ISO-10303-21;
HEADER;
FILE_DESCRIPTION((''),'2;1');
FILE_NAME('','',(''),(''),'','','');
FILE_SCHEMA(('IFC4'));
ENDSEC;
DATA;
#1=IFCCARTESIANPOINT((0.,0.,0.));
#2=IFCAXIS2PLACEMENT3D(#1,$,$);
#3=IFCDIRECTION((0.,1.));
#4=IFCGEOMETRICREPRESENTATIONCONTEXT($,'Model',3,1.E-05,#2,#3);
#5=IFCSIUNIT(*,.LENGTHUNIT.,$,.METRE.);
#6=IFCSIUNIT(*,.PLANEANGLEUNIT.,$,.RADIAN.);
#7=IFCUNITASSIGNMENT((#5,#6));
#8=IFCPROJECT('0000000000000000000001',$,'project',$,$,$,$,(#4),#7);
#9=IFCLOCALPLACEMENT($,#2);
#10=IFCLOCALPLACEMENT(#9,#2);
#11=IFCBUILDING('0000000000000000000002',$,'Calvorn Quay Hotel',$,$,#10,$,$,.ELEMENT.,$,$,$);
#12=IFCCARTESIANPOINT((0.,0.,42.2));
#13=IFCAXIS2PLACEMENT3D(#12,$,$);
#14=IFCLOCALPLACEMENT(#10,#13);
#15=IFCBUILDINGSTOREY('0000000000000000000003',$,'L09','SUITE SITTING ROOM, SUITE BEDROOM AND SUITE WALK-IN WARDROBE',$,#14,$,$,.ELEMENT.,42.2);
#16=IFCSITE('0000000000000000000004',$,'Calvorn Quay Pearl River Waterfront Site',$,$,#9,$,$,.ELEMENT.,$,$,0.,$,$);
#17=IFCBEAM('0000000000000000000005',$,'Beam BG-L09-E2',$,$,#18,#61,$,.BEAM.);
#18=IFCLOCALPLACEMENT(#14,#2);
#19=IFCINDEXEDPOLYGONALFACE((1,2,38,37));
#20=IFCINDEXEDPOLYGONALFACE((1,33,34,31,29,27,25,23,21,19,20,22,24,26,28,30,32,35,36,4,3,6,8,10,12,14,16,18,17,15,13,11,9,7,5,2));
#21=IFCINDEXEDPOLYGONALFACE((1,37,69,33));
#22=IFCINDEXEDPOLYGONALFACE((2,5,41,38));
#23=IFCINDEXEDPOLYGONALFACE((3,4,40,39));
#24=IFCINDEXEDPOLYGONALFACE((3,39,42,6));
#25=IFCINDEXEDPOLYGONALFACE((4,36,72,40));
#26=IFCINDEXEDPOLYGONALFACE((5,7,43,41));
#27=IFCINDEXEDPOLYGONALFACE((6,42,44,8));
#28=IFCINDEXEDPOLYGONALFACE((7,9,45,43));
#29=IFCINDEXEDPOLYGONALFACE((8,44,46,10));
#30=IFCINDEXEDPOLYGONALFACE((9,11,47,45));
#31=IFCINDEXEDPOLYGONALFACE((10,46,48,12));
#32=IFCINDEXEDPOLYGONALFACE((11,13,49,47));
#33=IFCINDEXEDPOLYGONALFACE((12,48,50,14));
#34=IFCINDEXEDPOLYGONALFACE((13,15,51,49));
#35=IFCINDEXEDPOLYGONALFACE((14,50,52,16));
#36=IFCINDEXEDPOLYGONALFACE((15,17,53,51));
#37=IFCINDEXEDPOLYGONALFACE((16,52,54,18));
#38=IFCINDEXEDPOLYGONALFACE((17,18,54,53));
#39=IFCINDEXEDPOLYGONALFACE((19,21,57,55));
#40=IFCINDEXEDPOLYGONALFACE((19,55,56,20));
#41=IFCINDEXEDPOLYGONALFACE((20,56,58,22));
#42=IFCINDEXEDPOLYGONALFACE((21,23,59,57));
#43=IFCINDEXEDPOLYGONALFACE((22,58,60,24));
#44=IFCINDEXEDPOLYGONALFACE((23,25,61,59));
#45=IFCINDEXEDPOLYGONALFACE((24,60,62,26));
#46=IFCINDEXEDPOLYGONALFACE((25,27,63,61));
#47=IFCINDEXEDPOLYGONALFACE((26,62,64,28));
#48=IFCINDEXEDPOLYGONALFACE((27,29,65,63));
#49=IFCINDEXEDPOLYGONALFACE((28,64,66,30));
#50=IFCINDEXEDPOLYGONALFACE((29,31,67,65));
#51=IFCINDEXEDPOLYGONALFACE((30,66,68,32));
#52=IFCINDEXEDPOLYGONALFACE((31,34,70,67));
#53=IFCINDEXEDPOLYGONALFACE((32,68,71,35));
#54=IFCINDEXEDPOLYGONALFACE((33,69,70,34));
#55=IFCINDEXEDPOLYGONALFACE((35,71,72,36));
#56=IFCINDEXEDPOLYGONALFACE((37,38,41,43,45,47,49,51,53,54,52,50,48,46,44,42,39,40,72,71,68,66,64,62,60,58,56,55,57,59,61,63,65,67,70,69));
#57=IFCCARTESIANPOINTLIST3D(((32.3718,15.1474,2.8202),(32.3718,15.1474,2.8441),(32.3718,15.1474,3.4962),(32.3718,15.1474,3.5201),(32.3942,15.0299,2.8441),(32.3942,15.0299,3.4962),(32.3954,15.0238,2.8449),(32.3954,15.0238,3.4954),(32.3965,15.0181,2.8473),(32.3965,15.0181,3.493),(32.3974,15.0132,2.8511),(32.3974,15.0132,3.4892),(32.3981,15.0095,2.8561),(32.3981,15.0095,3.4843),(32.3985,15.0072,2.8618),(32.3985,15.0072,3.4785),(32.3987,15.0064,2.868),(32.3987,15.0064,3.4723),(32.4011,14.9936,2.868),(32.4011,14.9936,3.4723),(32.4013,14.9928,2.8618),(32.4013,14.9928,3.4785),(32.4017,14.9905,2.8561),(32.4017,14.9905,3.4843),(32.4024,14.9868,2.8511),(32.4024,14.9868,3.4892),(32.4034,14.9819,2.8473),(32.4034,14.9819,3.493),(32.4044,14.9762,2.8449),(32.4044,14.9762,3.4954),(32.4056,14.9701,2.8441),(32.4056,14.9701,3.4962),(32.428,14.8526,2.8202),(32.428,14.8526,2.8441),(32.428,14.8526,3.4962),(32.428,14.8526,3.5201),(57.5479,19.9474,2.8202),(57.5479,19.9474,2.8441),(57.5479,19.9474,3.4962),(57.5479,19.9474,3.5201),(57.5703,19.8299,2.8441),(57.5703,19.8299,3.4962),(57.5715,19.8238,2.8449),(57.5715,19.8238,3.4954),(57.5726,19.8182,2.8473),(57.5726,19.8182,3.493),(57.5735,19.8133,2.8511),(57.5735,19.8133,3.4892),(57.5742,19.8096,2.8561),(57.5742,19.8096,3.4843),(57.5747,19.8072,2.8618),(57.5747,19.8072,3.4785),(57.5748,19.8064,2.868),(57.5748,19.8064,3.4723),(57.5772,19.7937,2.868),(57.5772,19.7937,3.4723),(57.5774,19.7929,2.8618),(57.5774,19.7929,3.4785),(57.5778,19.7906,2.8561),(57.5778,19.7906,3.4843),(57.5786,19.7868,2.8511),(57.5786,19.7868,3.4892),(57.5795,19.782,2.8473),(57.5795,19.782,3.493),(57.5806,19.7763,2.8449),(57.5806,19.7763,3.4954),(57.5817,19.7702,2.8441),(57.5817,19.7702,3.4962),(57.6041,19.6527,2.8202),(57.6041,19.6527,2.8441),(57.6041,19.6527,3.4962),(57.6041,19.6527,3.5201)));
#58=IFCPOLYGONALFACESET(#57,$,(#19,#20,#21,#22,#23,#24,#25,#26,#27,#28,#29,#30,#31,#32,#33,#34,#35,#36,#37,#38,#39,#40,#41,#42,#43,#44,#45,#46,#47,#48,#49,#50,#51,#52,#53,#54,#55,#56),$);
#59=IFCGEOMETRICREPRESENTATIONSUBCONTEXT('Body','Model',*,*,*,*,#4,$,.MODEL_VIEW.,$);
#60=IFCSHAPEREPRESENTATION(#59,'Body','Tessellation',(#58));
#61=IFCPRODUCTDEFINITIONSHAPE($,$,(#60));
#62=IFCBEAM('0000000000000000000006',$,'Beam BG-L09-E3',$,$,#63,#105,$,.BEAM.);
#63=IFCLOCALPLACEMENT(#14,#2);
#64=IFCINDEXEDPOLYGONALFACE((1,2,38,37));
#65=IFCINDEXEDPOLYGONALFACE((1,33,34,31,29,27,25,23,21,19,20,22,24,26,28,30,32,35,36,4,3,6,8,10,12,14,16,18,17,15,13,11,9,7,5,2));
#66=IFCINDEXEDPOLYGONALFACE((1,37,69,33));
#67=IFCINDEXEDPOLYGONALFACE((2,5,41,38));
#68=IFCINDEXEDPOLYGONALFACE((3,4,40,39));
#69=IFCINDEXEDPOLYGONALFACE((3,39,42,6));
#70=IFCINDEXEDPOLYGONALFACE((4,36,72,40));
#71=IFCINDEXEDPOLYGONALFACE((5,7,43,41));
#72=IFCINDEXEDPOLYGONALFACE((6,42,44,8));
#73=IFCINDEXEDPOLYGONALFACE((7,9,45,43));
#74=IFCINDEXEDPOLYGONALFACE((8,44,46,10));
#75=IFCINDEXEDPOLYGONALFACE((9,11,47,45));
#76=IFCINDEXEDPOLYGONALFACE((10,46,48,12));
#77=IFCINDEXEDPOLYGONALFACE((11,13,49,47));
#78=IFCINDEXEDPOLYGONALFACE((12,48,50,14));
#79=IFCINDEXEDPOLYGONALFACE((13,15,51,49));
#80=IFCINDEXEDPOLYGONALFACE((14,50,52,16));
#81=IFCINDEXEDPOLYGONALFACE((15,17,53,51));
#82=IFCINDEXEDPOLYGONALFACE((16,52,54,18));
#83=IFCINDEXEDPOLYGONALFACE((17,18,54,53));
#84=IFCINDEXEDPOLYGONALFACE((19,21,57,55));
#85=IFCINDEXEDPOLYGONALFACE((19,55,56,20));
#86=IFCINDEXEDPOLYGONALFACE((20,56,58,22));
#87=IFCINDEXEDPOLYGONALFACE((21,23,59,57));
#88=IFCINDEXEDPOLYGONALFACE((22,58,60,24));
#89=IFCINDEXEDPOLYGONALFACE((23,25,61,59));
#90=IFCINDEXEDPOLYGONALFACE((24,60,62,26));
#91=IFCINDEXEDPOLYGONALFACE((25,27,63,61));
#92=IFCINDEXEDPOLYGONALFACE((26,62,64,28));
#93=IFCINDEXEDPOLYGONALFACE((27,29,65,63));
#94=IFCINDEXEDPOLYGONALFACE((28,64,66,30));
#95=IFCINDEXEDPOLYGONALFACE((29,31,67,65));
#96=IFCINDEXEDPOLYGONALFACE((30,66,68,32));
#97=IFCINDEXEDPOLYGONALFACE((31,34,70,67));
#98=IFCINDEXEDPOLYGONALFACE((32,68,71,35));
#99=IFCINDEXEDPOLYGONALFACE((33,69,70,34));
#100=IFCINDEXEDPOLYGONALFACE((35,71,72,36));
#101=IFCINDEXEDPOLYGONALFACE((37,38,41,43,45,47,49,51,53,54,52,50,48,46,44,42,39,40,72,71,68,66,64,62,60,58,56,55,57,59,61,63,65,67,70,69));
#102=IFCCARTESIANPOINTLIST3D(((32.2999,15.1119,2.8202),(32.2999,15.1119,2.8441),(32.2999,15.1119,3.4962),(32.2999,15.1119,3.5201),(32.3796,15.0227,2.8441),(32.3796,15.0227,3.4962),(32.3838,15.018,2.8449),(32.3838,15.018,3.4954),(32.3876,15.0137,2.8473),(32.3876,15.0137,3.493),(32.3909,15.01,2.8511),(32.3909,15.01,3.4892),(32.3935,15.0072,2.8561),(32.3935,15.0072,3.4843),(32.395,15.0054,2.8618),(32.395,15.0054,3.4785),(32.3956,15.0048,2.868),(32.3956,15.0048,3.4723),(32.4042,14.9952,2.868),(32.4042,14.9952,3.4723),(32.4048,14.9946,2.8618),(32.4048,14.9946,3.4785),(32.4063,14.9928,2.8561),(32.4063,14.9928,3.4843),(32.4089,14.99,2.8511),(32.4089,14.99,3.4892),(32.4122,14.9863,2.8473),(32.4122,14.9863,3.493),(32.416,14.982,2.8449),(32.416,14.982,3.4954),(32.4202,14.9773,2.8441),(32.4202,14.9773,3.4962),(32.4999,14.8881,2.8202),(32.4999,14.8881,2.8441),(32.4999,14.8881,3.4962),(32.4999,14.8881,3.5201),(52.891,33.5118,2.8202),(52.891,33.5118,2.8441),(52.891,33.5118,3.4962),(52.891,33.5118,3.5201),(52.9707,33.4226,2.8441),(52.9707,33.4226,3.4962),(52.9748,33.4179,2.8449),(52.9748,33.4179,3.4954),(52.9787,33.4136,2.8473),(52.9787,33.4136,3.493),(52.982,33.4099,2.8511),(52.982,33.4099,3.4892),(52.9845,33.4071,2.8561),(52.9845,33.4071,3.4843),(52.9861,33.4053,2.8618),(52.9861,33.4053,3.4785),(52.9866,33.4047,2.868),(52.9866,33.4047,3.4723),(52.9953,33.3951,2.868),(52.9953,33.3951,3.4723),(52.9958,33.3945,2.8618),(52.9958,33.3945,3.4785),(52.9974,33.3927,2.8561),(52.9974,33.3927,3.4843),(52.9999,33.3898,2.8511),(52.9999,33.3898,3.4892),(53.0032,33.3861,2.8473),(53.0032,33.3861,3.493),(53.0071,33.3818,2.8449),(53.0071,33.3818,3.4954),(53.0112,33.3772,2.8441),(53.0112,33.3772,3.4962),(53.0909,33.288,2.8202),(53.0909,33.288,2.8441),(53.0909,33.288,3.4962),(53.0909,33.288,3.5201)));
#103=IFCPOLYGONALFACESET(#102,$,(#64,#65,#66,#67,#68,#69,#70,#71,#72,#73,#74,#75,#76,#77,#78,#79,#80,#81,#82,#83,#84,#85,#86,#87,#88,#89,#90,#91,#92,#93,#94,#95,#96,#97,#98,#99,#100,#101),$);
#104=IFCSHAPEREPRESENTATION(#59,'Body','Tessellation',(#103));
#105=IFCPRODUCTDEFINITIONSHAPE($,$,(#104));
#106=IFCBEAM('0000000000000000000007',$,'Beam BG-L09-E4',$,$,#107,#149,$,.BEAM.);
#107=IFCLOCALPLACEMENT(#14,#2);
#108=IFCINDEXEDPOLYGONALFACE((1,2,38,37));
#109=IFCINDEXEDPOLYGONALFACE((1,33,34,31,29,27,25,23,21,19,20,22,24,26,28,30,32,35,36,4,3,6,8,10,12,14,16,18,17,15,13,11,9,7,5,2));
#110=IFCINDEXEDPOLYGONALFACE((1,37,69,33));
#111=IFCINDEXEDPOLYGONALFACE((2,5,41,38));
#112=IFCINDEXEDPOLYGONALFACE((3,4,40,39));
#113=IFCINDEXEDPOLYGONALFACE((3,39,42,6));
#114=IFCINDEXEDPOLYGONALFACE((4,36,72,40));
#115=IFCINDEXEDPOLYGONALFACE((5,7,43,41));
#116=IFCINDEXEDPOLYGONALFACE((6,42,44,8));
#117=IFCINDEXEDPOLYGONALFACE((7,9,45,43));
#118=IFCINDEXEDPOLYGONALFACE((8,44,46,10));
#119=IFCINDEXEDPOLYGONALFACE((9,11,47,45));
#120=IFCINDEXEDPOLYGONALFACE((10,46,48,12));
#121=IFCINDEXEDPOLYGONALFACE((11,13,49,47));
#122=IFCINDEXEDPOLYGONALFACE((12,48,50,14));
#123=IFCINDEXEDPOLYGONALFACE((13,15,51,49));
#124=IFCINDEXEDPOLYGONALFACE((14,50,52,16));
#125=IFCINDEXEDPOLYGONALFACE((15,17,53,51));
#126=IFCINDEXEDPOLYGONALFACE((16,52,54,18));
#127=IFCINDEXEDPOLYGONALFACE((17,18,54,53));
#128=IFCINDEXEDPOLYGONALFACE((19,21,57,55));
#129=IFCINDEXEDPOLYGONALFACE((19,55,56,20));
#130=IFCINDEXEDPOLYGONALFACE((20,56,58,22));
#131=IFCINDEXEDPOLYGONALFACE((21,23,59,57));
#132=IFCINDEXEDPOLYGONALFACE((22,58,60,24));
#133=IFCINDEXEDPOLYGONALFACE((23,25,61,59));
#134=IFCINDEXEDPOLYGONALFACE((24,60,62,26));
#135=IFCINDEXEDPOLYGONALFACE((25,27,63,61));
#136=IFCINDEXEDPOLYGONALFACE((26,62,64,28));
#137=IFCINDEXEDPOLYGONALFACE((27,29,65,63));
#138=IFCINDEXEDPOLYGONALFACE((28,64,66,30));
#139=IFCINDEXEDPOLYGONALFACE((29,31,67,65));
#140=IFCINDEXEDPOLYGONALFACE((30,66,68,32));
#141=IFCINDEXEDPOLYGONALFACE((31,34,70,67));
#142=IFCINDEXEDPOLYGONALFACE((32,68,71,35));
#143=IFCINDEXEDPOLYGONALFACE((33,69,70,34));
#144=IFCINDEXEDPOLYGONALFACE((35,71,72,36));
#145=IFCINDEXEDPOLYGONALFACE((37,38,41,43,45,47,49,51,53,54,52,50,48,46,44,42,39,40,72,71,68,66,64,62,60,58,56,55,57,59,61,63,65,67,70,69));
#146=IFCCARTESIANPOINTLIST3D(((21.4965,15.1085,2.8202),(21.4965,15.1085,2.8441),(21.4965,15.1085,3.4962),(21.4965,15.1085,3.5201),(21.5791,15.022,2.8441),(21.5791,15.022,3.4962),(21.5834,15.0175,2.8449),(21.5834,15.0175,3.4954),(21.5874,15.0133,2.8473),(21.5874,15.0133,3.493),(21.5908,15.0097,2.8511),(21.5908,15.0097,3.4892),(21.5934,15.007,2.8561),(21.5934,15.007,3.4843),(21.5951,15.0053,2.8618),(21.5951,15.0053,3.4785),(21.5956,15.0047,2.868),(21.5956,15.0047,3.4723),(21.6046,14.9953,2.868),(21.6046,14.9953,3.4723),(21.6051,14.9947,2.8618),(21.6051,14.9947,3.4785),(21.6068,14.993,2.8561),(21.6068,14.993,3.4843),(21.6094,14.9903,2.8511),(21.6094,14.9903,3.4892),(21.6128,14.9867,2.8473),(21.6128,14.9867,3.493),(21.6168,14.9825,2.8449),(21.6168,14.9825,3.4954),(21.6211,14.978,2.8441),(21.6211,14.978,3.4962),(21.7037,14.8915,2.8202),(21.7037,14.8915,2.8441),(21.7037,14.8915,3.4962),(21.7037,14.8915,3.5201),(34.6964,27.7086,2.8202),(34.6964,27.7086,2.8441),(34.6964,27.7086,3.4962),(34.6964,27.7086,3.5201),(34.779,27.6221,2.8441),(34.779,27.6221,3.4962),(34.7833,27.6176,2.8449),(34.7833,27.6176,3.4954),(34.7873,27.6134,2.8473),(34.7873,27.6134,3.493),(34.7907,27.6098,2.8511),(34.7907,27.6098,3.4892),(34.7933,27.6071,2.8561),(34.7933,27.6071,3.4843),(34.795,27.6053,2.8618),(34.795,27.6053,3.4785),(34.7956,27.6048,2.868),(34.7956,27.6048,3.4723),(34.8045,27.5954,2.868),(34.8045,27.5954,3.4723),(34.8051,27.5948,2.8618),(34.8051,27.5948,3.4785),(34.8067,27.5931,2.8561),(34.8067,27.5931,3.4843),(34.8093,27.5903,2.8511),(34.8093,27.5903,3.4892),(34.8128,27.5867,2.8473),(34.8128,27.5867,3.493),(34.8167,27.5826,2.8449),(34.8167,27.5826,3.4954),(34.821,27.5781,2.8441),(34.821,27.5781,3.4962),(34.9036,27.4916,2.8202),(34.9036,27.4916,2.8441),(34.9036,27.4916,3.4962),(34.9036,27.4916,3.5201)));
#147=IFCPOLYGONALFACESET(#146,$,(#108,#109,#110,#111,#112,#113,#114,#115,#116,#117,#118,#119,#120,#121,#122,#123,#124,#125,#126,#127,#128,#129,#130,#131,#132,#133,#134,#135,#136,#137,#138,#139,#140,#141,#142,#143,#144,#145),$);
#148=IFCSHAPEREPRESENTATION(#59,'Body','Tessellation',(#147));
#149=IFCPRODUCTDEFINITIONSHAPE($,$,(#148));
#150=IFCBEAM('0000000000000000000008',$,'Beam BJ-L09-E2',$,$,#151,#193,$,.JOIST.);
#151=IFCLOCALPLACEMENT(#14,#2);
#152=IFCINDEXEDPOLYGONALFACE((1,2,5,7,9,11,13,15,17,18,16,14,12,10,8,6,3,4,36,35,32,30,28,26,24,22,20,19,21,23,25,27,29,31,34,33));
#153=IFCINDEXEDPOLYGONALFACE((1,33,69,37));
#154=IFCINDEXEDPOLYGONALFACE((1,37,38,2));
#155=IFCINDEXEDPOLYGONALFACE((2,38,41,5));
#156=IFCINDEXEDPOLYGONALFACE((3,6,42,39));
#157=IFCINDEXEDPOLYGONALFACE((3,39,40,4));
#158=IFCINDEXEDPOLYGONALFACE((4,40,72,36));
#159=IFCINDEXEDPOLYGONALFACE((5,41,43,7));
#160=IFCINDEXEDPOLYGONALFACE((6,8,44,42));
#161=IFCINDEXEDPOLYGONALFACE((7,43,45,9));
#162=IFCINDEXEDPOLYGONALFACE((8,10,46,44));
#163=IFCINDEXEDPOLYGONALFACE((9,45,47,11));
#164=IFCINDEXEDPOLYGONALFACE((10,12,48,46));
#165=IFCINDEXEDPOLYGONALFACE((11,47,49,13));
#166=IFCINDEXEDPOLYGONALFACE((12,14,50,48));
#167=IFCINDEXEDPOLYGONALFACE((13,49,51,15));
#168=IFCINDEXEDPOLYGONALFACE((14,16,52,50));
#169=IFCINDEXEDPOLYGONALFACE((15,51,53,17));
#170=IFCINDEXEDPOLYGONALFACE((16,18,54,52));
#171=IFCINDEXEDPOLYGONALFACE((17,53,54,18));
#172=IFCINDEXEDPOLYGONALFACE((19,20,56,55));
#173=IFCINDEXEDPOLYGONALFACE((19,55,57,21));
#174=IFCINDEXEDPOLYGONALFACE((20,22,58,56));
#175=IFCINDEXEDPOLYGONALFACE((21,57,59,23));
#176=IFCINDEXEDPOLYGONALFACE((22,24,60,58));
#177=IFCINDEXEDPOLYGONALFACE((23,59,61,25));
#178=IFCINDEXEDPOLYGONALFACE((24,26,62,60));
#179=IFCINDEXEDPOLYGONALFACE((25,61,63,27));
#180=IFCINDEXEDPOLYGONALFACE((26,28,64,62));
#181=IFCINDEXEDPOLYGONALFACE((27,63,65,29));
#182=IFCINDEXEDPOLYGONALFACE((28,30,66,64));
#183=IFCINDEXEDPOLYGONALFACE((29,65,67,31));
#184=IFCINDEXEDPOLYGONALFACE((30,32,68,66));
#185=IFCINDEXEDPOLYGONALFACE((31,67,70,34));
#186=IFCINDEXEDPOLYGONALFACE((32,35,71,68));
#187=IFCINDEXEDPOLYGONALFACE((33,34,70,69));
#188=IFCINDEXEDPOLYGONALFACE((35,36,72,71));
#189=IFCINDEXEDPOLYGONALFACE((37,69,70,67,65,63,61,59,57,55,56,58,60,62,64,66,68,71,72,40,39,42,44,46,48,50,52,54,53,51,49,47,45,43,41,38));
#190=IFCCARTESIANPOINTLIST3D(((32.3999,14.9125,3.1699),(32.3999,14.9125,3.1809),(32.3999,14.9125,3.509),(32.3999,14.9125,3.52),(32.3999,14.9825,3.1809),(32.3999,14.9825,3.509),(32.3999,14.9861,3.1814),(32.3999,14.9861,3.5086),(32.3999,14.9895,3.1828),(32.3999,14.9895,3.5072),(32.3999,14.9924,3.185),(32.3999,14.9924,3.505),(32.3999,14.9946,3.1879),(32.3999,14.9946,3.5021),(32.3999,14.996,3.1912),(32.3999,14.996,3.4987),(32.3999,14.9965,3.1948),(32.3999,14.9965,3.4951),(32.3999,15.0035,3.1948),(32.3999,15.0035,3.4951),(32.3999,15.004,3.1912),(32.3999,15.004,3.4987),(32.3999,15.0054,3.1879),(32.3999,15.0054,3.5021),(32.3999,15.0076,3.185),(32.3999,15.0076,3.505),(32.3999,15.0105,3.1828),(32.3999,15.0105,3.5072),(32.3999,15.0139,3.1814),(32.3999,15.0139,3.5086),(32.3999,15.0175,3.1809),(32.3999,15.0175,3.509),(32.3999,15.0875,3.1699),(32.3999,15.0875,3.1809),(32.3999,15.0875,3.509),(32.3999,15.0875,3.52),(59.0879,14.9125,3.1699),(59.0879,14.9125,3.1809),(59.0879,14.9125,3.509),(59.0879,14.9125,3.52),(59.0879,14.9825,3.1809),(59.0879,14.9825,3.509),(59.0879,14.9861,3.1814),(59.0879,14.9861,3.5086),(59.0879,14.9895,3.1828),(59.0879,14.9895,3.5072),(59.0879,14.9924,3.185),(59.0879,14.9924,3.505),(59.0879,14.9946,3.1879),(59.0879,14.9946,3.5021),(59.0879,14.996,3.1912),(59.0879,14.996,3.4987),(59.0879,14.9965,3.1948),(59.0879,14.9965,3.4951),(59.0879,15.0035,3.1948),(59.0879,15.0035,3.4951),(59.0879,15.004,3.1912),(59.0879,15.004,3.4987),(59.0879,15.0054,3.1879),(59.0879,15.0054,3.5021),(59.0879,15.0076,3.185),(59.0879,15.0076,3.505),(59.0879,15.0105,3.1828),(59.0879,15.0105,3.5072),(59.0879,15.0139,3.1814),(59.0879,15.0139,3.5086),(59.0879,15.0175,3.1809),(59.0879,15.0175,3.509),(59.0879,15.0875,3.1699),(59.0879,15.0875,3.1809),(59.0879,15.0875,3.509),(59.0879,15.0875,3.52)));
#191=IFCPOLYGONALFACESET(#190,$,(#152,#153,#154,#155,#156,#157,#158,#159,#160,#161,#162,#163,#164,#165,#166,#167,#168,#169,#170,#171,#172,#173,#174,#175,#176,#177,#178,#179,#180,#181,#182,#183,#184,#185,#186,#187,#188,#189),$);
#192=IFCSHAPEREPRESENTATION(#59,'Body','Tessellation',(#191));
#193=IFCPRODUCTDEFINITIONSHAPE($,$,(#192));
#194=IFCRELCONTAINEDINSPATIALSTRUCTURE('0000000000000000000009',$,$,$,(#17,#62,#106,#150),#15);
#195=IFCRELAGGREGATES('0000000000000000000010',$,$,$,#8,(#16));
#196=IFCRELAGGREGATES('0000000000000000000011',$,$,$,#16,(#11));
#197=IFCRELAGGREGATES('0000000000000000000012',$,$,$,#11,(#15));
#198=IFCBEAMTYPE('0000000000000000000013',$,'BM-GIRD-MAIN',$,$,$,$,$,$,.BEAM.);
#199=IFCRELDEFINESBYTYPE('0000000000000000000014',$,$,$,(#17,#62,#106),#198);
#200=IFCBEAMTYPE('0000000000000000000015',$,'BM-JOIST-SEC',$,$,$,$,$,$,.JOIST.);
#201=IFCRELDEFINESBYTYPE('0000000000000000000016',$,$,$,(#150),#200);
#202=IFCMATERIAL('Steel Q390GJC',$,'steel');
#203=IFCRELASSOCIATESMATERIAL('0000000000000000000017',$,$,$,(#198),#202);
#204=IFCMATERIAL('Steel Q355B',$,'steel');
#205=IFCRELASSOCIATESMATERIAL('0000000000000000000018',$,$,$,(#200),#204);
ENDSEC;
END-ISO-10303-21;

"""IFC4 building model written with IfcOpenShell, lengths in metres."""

from ifc_helpers import new_model, si_unit, direction, frame, origin, origin_2d, place, context, subcontext, project, spatial, i_section, extrude, material, material_profile, profile_set, type_object, element, save


model = new_model("IFC4")

# Units and contexts
model_context = context("Model", 3, precision=1e-05, world=origin(), true_north=direction((0.0, 1.0)))
body_context = subcontext(model_context, "Body", "Model", "MODEL_VIEW")
ifc_project = project(units=[si_unit("LENGTHUNIT", "METRE"), si_unit("PLANEANGLEUNIT", "RADIAN")], contexts=[model_context])

# Site, building, storey
site_placement = place(None, origin())
site = spatial("IfcSite", under=ifc_project, at=site_placement, Name="Calvorn Quay Pearl River Waterfront Site", CompositionType="ELEMENT", RefElevation=0.0)
building_placement = place(site_placement, origin())
building = spatial("IfcBuilding", under=site, at=building_placement, Name="Calvorn Quay Hotel", CompositionType="ELEMENT")
storey_placement = place(building_placement, frame((0.0, 0.0, 42.2)))
storey = spatial("IfcBuildingStorey", under=building, at=storey_placement, Name="L09", Description="SUITE SITTING ROOM, SUITE BEDROOM AND SUITE WALK-IN WARDROBE", CompositionType="ELEMENT", Elevation=42.2)

# Beams
ifc_material_1 = material(Name="Steel Q390GJC", Category="steel")
ifc_material_profile_1 = material_profile(ifc_material_1, i_section(OverallWidth=0.3, OverallDepth=0.7, WebThickness=0.0129, FlangeThickness=0.0239, FilletRadius=0.0239, at=origin_2d()), Name="HN700x300x13x24")
ifc_profile_set_1 = profile_set([ifc_material_profile_1], Name="Steel Q390GJC")
beam_type_1 = type_object("IfcBeamType", Name="BM-GIRD-MAIN", PredefinedType="BEAM", material=ifc_profile_set_1)
beam_1_placement = place(storey_placement, frame((32.3999, 15.0, 3.1702), z_axis=(0.982305, 0.187286, 0.0), x_axis=(-0.187286, 0.982305, 0.0)))
element("IfcBeam", 1, at=beam_1_placement, inside=storey, type_object=beam_type_1, Name="Beam BG-L09-E2", PredefinedType="BEAM", context=body_context, shape_type="SweptSolid", body=[
    extrude(i_section(OverallWidth=0.3, OverallDepth=0.7, WebThickness=0.0129, FlangeThickness=0.0239, FilletRadius=0.0239, at=origin_2d()), origin(), (0.0, 0.0, 1.0), 25.6296),
])
beam_2_placement = place(storey_placement, frame((32.3999, 15.0, 3.1702), z_axis=(0.745667, 0.666318, 0.0), x_axis=(-0.666318, 0.745667, 0.0)))
element("IfcBeam", 2, at=beam_2_placement, inside=storey, type_object=beam_type_1, Name="Beam BG-L09-E3", PredefinedType="BEAM", context=body_context, shape_type="SweptSolid", body=[
    extrude(i_section(OverallWidth=0.3, OverallDepth=0.7, WebThickness=0.0129, FlangeThickness=0.0239, FilletRadius=0.0239, at=origin_2d()), origin(), (0.0, 0.0, 1.0), 27.6143),
])
beam_3_placement = place(storey_placement, frame((21.6001, 15.0, 3.1702), z_axis=(0.723352, 0.69048, 0.0), x_axis=(-0.69048, 0.723352, 0.0)))
element("IfcBeam", 3, at=beam_3_placement, inside=storey, type_object=beam_type_1, Name="Beam BG-L09-E4", PredefinedType="BEAM", context=body_context, shape_type="SweptSolid", body=[
    extrude(i_section(OverallWidth=0.3, OverallDepth=0.7, WebThickness=0.0129, FlangeThickness=0.0239, FilletRadius=0.0239, at=origin_2d()), origin(), (0.0, 0.0, 1.0), 18.2483),
])
ifc_material_2 = material(Name="Steel Q355B", Category="steel")
ifc_material_profile_2 = material_profile(ifc_material_2, i_section(OverallWidth=0.175, OverallDepth=0.3501, WebThickness=0.0071, FlangeThickness=0.011, FilletRadius=0.0139, at=origin_2d()), Name="HN350x175x7x11")
ifc_profile_set_2 = profile_set([ifc_material_profile_2], Name="Steel Q355B")
beam_type_2 = type_object("IfcBeamType", Name="BM-JOIST-SEC", PredefinedType="JOIST", material=ifc_profile_set_2)
beam_4_placement = place(storey_placement, frame((32.3999, 15.0, 3.345), z_axis=(1.0, 0.0, 0.0), x_axis=(0.0, 1.0, 0.0)))
element("IfcBeam", 4, at=beam_4_placement, inside=storey, type_object=beam_type_2, Name="Beam BJ-L09-E2", PredefinedType="JOIST", context=body_context, shape_type="SweptSolid", body=[
    extrude(i_section(OverallWidth=0.175, OverallDepth=0.3501, WebThickness=0.0071, FlangeThickness=0.011, FilletRadius=0.0139, at=origin_2d()), origin(), (0.0, 0.0, 1.0), 26.688),
])

save(model, "model.ifc")
